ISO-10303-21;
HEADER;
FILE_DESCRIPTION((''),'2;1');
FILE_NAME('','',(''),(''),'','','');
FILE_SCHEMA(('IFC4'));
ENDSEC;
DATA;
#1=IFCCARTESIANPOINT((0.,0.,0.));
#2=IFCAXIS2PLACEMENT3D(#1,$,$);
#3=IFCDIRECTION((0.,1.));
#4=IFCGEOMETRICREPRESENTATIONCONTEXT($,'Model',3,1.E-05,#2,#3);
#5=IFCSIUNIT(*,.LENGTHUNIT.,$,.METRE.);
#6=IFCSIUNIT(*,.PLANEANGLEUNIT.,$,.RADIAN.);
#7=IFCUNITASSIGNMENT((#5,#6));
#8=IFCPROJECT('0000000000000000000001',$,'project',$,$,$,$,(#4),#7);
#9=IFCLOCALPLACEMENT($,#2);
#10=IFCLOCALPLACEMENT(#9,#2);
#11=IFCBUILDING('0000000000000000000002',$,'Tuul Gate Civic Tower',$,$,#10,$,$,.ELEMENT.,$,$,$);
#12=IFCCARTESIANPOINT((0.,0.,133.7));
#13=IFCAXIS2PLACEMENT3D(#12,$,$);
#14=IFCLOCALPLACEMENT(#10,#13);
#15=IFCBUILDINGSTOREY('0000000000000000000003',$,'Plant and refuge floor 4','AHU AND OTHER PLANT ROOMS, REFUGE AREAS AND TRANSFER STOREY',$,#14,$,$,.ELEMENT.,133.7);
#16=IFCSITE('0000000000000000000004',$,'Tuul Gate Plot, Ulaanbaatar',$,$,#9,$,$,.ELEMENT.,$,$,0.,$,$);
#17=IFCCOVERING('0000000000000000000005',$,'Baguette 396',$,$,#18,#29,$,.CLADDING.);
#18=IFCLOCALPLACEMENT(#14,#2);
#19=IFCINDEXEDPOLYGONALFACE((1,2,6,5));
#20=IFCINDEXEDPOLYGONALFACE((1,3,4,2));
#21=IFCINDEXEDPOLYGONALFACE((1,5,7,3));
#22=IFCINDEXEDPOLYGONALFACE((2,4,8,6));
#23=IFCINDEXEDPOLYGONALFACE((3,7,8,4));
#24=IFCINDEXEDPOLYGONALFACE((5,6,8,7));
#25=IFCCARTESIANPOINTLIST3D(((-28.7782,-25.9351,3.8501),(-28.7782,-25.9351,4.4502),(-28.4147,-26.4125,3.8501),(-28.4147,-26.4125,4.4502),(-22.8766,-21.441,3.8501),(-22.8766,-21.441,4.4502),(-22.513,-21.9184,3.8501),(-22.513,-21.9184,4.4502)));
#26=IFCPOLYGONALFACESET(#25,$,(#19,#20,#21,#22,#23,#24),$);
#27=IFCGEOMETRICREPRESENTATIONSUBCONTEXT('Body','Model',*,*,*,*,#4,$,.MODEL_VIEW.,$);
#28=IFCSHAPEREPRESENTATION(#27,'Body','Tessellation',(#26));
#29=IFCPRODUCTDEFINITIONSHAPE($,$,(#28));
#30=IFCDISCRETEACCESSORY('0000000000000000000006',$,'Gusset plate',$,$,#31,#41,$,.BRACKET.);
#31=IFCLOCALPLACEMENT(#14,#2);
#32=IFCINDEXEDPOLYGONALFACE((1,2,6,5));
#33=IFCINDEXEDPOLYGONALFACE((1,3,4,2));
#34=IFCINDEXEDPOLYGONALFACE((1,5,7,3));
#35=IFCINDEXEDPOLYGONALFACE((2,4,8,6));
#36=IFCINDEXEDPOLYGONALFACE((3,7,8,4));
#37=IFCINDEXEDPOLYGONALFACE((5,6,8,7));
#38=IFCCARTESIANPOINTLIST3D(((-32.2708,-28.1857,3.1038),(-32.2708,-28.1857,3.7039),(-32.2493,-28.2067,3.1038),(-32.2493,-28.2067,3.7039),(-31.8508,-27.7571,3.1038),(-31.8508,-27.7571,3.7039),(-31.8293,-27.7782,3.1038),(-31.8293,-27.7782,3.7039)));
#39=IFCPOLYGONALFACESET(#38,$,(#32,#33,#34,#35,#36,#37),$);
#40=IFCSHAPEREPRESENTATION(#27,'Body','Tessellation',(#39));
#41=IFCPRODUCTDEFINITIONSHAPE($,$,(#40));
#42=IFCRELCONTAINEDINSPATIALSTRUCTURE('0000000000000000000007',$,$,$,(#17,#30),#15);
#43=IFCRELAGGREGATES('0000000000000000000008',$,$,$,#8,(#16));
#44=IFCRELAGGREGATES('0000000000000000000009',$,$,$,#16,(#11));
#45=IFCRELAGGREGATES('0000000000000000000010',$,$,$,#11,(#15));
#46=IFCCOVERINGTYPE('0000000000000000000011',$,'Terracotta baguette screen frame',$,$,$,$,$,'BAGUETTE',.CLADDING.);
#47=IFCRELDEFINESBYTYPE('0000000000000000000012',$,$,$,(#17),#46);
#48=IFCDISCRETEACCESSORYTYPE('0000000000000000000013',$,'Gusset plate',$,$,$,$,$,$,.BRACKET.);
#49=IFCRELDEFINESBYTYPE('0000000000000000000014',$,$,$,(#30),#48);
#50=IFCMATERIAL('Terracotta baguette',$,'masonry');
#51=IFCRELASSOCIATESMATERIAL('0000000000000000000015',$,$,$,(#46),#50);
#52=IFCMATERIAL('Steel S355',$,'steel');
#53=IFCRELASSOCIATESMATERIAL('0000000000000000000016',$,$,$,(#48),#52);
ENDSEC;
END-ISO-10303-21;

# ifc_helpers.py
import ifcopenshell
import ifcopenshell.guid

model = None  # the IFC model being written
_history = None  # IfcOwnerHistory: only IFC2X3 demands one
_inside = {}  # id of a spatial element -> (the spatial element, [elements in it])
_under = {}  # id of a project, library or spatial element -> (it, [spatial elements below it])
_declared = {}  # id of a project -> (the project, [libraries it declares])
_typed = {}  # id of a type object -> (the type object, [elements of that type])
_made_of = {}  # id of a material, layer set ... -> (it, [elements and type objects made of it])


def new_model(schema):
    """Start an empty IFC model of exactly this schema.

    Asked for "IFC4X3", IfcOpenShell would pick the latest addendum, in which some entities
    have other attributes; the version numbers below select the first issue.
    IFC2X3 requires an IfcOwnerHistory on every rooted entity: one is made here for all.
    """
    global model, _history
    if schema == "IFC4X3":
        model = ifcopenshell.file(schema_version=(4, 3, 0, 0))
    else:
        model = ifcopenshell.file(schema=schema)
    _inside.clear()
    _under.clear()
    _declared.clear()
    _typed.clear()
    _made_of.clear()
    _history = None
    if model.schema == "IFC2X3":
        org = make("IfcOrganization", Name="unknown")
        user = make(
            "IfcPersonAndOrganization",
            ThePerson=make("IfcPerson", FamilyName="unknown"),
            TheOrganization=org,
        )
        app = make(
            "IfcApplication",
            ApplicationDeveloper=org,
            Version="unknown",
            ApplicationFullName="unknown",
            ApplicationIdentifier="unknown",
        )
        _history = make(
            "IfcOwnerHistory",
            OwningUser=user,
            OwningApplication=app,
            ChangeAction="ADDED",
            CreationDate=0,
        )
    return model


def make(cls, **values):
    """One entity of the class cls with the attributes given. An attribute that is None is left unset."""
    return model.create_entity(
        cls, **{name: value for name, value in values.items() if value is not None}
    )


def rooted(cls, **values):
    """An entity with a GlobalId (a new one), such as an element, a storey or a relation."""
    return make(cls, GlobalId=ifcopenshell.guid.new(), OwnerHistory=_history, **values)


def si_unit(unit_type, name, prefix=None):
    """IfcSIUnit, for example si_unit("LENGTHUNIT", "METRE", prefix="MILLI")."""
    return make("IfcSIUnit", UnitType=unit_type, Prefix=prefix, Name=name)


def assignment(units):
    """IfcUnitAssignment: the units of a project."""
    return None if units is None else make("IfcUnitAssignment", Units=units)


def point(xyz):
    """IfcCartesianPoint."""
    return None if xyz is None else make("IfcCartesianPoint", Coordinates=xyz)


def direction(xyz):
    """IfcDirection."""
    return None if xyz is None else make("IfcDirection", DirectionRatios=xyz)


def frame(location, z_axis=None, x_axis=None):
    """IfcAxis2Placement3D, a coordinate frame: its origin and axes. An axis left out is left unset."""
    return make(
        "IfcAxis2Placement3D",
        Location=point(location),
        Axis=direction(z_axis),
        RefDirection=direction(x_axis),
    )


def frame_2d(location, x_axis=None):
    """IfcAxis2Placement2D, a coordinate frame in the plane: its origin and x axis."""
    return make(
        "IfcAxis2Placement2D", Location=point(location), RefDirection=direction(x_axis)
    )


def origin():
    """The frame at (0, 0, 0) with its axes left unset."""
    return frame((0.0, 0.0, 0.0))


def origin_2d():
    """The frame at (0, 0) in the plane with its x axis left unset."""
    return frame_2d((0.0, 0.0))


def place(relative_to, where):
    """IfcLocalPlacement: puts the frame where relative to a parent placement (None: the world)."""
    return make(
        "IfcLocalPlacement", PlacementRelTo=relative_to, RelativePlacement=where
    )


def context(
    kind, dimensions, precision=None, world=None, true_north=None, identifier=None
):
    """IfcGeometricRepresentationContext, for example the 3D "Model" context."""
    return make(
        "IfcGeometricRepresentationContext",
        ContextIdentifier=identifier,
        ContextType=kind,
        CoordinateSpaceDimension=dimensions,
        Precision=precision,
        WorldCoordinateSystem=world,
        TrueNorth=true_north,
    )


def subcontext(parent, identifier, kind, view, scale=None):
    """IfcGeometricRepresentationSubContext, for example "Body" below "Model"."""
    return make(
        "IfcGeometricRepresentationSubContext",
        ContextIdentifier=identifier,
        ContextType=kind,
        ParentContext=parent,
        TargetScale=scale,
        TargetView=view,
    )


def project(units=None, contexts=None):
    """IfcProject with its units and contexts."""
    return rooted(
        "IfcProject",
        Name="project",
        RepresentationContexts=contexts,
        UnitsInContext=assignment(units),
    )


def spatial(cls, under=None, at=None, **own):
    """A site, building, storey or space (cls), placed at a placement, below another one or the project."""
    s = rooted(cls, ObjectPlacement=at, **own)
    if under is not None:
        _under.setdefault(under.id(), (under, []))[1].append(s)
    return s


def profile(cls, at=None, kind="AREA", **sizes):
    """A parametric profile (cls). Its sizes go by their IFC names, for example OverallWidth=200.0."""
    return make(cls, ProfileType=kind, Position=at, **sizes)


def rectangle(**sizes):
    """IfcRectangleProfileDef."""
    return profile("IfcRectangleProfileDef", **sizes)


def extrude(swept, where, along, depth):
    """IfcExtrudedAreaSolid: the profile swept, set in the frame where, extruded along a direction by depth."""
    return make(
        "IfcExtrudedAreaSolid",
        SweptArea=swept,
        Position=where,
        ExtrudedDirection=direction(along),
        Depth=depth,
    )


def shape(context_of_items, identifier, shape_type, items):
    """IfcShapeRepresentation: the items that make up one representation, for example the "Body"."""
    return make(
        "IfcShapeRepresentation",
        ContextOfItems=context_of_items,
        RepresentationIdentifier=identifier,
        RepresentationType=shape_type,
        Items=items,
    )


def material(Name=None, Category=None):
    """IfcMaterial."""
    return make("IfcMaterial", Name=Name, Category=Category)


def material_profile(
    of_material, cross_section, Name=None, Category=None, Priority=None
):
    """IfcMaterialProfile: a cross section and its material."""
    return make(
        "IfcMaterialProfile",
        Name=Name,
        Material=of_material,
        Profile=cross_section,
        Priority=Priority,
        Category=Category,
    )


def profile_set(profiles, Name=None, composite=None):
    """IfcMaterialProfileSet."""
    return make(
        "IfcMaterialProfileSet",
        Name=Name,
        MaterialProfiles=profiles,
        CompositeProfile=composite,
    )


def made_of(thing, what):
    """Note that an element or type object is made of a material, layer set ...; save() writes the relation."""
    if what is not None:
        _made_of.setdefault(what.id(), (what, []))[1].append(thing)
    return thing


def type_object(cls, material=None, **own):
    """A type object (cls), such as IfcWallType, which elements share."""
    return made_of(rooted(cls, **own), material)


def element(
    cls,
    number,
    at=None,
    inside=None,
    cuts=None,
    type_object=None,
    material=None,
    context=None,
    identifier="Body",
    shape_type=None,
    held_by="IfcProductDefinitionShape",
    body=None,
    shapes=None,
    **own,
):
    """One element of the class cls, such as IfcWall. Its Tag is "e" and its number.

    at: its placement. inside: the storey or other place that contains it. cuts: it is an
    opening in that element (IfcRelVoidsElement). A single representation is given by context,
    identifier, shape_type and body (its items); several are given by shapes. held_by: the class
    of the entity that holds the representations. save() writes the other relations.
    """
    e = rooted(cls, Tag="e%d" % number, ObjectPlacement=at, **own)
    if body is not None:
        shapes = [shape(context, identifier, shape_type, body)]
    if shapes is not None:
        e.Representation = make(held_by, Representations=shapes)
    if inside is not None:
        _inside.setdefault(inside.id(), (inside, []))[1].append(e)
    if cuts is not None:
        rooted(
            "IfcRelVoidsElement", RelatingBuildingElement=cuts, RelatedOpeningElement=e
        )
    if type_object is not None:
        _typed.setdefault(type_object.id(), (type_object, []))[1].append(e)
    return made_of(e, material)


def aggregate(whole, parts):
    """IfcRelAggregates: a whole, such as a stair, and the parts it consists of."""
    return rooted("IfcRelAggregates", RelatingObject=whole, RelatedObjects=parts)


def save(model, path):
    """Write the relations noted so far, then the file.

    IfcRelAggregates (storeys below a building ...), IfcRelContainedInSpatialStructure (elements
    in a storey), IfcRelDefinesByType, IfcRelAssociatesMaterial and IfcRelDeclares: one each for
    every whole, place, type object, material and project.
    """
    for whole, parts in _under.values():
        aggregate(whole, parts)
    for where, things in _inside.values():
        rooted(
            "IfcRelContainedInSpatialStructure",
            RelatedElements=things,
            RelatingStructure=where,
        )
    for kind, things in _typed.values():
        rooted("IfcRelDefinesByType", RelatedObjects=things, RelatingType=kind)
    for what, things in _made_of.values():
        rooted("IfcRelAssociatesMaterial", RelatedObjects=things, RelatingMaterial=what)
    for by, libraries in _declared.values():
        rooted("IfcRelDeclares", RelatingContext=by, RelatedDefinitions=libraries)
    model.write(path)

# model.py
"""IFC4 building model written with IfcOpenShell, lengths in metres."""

from ifc_helpers import new_model, si_unit, direction, frame, origin, origin_2d, place, context, subcontext, project, spatial, rectangle, extrude, material, material_profile, profile_set, type_object, element, save


model = new_model("IFC4")

# Units and contexts
model_context = context("Model", 3, precision=1e-05, world=origin(), true_north=direction((0.0, 1.0)))
body_context = subcontext(model_context, "Body", "Model", "MODEL_VIEW")
ifc_project = project(units=[si_unit("LENGTHUNIT", "METRE"), si_unit("PLANEANGLEUNIT", "RADIAN")], contexts=[model_context])

# Site, building, storey
site_placement = place(None, origin())
site = spatial("IfcSite", under=ifc_project, at=site_placement, Name="Tuul Gate Plot, Ulaanbaatar", CompositionType="ELEMENT", RefElevation=0.0)
building_placement = place(site_placement, origin())
building = spatial("IfcBuilding", under=site, at=building_placement, Name="Tuul Gate Civic Tower", CompositionType="ELEMENT")
storey_placement = place(building_placement, frame((0.0, 0.0, 133.7)))
storey = spatial("IfcBuildingStorey", under=building, at=storey_placement, Name="Plant and refuge floor 4", Description="AHU AND OTHER PLANT ROOMS, REFUGE AREAS AND TRANSFER STOREY", CompositionType="ELEMENT", Elevation=133.7)

# Covering
ifc_material_1 = material(Name="Terracotta baguette", Category="masonry")
ifc_material_profile_1 = material_profile(ifc_material_1, rectangle(XDim=0.6001, YDim=0.6001, at=origin_2d()), Name="Terracotta baguette screen frame")
ifc_profile_set_1 = profile_set([ifc_material_profile_1], Name="Terracotta baguette")
covering_type = type_object("IfcCoveringType", Name="Terracotta baguette screen frame", ElementType="BAGUETTE", PredefinedType="CLADDING", material=ifc_profile_set_1)
covering_1_placement = place(storey_placement, frame((-28.5964, -26.1738, 4.1501), z_axis=(0.795583, 0.605845, 0.0), x_axis=(-0.605845, 0.795583, 0.0)))
element("IfcCovering", 1, at=covering_1_placement, inside=storey, type_object=covering_type, Name="Baguette 396", PredefinedType="CLADDING", context=body_context, shape_type="SweptSolid", body=[
    extrude(rectangle(XDim=0.6001, YDim=0.6001, at=origin_2d()), origin(), (0.0, 0.0, 1.0), 7.418),
])

# Discrete accessory
ifc_material_2 = material(Name="Steel S355", Category="steel")
discrete_accessory_type = type_object("IfcDiscreteAccessoryType", Name="Gusset plate", PredefinedType="BRACKET", material=ifc_material_2)
discrete_accessory_placement = place(storey_placement, frame((-32.05, -27.9819, 3.1038), z_axis=(0.0, 0.0, 1.0), x_axis=(-0.699958, -0.714184, 0.0)))
element("IfcDiscreteAccessory", 2, at=discrete_accessory_placement, inside=storey, type_object=discrete_accessory_type, Name="Gusset plate", PredefinedType="BRACKET", context=body_context, shape_type="SweptSolid", body=[
    extrude(rectangle(XDim=0.6001, YDim=0.03, at=origin_2d()), origin(), (0.0, 0.0, 1.0), 0.6001),
])

save(model, "model.ifc")
